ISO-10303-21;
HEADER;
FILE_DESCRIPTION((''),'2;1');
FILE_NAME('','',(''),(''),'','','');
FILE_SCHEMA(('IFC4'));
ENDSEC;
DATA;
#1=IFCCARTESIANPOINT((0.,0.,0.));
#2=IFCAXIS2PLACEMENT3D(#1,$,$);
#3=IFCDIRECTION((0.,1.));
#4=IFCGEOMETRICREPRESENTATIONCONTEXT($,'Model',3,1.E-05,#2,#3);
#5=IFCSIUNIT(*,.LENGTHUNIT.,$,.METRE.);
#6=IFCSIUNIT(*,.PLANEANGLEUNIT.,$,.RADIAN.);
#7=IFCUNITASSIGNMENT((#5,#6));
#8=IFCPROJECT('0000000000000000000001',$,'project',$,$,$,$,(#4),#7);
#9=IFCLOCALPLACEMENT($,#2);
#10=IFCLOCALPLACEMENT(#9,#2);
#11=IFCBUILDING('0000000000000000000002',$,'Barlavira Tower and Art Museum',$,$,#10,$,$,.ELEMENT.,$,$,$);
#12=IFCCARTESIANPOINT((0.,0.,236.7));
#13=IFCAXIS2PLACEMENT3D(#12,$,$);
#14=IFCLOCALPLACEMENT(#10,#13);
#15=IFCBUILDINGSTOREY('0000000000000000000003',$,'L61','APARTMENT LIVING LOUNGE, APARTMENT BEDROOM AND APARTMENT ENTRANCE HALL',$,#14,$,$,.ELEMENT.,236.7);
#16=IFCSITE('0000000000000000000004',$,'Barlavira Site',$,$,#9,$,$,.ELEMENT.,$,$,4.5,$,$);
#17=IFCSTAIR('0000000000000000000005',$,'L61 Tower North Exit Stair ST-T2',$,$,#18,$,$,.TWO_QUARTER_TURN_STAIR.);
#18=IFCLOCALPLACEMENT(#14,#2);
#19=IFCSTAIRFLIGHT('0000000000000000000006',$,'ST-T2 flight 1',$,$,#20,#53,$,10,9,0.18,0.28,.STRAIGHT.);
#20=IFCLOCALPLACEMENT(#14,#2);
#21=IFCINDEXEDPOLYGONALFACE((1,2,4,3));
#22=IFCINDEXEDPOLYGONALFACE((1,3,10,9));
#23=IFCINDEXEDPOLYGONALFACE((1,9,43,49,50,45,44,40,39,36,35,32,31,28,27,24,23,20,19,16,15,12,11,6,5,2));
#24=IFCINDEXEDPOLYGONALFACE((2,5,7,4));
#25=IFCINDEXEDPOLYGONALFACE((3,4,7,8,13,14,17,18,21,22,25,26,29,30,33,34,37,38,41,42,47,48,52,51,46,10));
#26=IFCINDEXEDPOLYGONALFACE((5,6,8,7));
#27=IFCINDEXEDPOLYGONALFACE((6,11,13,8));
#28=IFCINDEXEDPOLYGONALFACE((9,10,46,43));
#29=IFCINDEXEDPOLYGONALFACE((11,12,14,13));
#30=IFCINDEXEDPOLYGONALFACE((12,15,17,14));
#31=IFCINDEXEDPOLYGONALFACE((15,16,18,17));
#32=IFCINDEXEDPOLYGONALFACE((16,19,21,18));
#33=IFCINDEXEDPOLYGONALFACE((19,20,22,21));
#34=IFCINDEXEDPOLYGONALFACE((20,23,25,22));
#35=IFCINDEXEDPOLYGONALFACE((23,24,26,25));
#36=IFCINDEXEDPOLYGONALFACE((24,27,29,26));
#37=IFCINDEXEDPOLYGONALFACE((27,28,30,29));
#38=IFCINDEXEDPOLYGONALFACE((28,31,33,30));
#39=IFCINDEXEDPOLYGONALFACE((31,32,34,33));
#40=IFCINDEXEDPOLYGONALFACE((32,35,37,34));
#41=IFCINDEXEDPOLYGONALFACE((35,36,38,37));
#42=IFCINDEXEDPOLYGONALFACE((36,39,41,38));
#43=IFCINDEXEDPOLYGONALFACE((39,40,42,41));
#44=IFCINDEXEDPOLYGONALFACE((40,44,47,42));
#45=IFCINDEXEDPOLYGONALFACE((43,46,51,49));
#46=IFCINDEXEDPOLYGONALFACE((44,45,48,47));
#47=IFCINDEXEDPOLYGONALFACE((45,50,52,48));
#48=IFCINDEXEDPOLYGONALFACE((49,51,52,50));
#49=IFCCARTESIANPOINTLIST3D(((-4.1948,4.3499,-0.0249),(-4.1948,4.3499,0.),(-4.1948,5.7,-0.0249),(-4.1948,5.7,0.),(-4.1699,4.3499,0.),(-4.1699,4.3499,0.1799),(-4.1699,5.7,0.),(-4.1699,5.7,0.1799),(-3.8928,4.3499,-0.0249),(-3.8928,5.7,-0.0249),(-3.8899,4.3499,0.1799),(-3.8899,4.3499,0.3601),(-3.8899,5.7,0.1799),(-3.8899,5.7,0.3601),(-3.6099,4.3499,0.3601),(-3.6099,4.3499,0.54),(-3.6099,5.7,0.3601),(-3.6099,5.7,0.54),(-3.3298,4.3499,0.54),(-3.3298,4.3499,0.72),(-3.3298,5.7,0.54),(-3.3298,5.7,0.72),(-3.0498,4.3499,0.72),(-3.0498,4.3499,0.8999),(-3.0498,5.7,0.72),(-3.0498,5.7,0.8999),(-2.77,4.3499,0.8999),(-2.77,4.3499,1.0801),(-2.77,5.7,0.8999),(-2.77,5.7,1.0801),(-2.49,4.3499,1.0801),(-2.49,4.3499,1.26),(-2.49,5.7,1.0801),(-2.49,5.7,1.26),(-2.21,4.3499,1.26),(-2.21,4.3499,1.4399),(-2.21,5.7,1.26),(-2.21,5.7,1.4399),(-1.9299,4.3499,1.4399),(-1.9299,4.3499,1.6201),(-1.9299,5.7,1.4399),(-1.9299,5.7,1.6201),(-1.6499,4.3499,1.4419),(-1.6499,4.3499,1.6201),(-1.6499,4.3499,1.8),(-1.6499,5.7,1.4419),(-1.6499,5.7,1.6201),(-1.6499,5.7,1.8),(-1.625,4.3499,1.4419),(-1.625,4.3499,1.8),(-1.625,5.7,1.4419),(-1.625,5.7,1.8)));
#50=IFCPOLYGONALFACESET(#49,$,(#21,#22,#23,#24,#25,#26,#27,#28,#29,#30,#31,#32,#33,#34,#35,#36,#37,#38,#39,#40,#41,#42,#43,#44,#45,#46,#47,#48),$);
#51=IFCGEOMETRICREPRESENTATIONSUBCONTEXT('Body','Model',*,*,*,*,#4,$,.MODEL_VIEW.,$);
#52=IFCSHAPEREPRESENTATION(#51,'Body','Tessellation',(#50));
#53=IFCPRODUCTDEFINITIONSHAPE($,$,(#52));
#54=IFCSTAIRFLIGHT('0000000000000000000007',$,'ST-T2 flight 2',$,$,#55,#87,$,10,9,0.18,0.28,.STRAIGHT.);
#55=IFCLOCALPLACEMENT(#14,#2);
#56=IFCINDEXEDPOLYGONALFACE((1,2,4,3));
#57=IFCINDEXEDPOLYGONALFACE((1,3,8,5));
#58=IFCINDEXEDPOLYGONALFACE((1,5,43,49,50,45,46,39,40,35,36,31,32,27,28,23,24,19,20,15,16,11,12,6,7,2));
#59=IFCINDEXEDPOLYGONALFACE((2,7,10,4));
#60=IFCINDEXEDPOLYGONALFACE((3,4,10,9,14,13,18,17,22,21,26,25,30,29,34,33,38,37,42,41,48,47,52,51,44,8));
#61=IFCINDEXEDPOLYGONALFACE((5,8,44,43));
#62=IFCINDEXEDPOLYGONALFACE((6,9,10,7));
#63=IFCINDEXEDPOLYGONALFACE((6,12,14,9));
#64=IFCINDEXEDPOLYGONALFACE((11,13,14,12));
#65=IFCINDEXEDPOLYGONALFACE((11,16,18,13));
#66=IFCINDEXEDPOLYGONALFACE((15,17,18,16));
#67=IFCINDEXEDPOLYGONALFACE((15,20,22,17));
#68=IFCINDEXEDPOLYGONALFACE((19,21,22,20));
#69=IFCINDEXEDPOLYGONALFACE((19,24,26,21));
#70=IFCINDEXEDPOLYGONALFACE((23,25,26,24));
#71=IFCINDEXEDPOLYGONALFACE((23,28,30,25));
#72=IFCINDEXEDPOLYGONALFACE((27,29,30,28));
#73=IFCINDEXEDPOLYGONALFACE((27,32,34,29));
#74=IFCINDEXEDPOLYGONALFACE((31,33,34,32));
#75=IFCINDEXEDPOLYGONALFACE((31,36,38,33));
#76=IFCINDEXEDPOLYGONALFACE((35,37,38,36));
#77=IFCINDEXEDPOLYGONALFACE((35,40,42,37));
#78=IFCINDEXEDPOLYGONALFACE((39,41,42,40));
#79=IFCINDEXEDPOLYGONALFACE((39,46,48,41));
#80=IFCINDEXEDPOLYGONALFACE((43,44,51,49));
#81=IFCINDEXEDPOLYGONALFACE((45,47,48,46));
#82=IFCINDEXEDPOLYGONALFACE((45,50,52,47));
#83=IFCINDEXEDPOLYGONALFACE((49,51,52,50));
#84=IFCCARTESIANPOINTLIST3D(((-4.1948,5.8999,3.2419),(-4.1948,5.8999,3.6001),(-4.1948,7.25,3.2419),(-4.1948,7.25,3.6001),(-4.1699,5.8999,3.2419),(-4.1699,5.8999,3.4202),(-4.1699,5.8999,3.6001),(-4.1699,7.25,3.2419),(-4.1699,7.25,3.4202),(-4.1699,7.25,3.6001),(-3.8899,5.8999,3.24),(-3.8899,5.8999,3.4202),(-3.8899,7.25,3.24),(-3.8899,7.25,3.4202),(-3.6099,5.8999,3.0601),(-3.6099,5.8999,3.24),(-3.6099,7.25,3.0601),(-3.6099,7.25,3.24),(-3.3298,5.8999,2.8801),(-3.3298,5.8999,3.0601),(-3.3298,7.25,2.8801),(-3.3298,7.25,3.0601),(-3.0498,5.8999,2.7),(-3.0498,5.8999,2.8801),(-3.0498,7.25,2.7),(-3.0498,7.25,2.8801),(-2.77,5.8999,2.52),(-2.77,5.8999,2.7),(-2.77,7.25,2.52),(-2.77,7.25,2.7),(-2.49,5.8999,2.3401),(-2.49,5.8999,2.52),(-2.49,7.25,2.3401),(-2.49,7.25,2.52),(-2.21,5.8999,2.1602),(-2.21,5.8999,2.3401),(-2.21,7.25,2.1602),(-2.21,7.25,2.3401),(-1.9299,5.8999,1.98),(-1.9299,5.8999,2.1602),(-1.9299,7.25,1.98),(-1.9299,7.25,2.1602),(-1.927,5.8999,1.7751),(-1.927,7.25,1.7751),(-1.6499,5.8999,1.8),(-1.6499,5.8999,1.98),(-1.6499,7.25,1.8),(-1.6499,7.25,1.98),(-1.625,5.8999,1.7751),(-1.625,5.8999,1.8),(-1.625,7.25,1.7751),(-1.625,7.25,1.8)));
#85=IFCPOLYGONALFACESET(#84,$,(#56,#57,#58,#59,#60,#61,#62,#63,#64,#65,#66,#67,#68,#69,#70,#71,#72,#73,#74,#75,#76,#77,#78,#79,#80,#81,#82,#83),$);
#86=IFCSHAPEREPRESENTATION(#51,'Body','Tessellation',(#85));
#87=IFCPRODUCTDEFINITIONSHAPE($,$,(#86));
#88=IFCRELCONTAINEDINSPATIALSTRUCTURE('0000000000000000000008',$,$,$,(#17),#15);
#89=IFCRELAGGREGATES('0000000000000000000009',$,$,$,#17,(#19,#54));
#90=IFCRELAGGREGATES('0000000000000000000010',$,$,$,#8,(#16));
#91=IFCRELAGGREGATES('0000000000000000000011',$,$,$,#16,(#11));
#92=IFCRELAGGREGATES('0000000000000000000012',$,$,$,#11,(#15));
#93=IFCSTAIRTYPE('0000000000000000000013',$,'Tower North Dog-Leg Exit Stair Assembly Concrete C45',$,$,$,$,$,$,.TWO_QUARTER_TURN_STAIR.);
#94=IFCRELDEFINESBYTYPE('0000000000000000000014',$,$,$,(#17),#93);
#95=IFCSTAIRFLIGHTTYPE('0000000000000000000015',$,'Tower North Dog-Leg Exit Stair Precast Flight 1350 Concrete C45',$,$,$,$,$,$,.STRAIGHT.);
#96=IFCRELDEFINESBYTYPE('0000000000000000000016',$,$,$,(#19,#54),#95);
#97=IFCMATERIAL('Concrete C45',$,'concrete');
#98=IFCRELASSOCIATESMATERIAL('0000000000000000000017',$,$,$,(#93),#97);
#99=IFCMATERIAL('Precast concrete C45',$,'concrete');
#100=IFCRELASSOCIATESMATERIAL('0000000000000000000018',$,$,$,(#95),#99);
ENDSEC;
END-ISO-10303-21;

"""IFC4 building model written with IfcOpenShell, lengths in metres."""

from ifc_helpers import new_model, si_unit, direction, frame, origin, place, context, subcontext, project, spatial, polyline, outline, extrude, material, type_object, element, aggregate, save


model = new_model("IFC4")

# Units and contexts
model_context = context("Model", 3, precision=1e-05, world=origin(), true_north=direction((0.0, 1.0)))
body_context = subcontext(model_context, "Body", "Model", "MODEL_VIEW")
ifc_project = project(units=[si_unit("LENGTHUNIT", "METRE"), si_unit("PLANEANGLEUNIT", "RADIAN")], contexts=[model_context])

# Site, building, storey
site_placement = place(None, origin())
site = spatial("IfcSite", under=ifc_project, at=site_placement, Name="Barlavira Site", CompositionType="ELEMENT", RefElevation=4.5)
building_placement = place(site_placement, origin())
building = spatial("IfcBuilding", under=site, at=building_placement, Name="Barlavira Tower and Art Museum", CompositionType="ELEMENT")
storey_placement = place(building_placement, frame((0.0, 0.0, 236.7)))
storey = spatial("IfcBuildingStorey", under=building, at=storey_placement, Name="L61", Description="APARTMENT LIVING LOUNGE, APARTMENT BEDROOM AND APARTMENT ENTRANCE HALL", CompositionType="ELEMENT", Elevation=236.7)

# Stair, stair flights
ifc_material_1 = material(Name="Concrete C45", Category="concrete")
stair_type = type_object("IfcStairType", Name="Tower North Dog-Leg Exit Stair Assembly Concrete C45", PredefinedType="TWO_QUARTER_TURN_STAIR", material=ifc_material_1)
stair_placement = place(storey_placement, origin())
stair = element("IfcStair", 1, at=stair_placement, inside=storey, type_object=stair_type, Name="L61 Tower North Exit Stair ST-T2", PredefinedType="TWO_QUARTER_TURN_STAIR")
ifc_material_2 = material(Name="Precast concrete C45", Category="concrete")
stair_flight_type = type_object("IfcStairFlightType", Name="Tower North Dog-Leg Exit Stair Precast Flight 1350 Concrete C45", PredefinedType="STRAIGHT", material=ifc_material_2)
stair_flight_1_placement = place(storey_placement, frame((-4.1699, 5.0249, 0.0), z_axis=(0.0, 0.0, 1.0), x_axis=(1.0, 0.0, 0.0)))
stair_flight_1 = element("IfcStairFlight", 2, at=stair_flight_1_placement, type_object=stair_flight_type, Name="ST-T2 flight 1", NumberOfRisers=10, NumberOfTreads=9, PredefinedType="STRAIGHT", RiserHeight=0.18, TreadLength=0.28, context=body_context, shape_type="SweptSolid", body=[
    extrude(outline(polyline([(-0.0249, 0.0), (0.0, 0.0), (0.0, 0.1799), (0.28, 0.1799), (0.28, 0.3601), (0.5601, 0.3601), (0.5601, 0.54), (0.8401, 0.54), (0.8401, 0.72), (1.1201, 0.72), (1.1201, 0.8999), (1.3999, 0.8999), (1.3999, 1.0801), (1.6799, 1.0801), (1.6799, 1.26), (1.96, 1.26), (1.96, 1.4399), (2.24, 1.4399), (2.24, 1.6201), (2.52, 1.6201), (2.52, 1.8), (2.5449, 1.8), (2.5449, 1.4419), (2.52, 1.4419), (0.2771, -0.0249), (-0.0249, -0.0249), (-0.0249, 0.0)])), frame((0.0, 0.675, 0.0), z_axis=(0.0, -1.0, 0.0), x_axis=(1.0, 0.0, 0.0)), (0.0, 0.0, 1.0), 1.3501),
])
stair_flight_2_placement = place(storey_placement, frame((-1.6499, 6.575, 1.8), z_axis=(0.0, 0.0, 1.0), x_axis=(-1.0, 0.0, 0.0)))
stair_flight_2 = element("IfcStairFlight", 3, at=stair_flight_2_placement, type_object=stair_flight_type, Name="ST-T2 flight 2", NumberOfRisers=10, NumberOfTreads=9, PredefinedType="STRAIGHT", RiserHeight=0.18, TreadLength=0.28, context=body_context, shape_type="SweptSolid", body=[
    extrude(outline(polyline([(-0.0249, 0.0), (0.0, 0.0), (0.0, 0.1799), (0.28, 0.1799), (0.28, 0.3601), (0.5601, 0.3601), (0.5601, 0.54), (0.8401, 0.54), (0.8401, 0.72), (1.1201, 0.72), (1.1201, 0.8999), (1.3999, 0.8999), (1.3999, 1.0801), (1.6799, 1.0801), (1.6799, 1.26), (1.96, 1.26), (1.96, 1.4399), (2.24, 1.4399), (2.24, 1.6201), (2.52, 1.6201), (2.52, 1.8), (2.5449, 1.8), (2.5449, 1.4419), (2.52, 1.4419), (0.2771, -0.0249), (-0.0249, -0.0249), (-0.0249, 0.0)])), frame((0.0, 0.675, 0.0), z_axis=(0.0, -1.0, 0.0), x_axis=(1.0, 0.0, 0.0)), (0.0, 0.0, 1.0), 1.3501),
])
aggregate(stair, [stair_flight_1, stair_flight_2])

save(model, "model.ifc")
